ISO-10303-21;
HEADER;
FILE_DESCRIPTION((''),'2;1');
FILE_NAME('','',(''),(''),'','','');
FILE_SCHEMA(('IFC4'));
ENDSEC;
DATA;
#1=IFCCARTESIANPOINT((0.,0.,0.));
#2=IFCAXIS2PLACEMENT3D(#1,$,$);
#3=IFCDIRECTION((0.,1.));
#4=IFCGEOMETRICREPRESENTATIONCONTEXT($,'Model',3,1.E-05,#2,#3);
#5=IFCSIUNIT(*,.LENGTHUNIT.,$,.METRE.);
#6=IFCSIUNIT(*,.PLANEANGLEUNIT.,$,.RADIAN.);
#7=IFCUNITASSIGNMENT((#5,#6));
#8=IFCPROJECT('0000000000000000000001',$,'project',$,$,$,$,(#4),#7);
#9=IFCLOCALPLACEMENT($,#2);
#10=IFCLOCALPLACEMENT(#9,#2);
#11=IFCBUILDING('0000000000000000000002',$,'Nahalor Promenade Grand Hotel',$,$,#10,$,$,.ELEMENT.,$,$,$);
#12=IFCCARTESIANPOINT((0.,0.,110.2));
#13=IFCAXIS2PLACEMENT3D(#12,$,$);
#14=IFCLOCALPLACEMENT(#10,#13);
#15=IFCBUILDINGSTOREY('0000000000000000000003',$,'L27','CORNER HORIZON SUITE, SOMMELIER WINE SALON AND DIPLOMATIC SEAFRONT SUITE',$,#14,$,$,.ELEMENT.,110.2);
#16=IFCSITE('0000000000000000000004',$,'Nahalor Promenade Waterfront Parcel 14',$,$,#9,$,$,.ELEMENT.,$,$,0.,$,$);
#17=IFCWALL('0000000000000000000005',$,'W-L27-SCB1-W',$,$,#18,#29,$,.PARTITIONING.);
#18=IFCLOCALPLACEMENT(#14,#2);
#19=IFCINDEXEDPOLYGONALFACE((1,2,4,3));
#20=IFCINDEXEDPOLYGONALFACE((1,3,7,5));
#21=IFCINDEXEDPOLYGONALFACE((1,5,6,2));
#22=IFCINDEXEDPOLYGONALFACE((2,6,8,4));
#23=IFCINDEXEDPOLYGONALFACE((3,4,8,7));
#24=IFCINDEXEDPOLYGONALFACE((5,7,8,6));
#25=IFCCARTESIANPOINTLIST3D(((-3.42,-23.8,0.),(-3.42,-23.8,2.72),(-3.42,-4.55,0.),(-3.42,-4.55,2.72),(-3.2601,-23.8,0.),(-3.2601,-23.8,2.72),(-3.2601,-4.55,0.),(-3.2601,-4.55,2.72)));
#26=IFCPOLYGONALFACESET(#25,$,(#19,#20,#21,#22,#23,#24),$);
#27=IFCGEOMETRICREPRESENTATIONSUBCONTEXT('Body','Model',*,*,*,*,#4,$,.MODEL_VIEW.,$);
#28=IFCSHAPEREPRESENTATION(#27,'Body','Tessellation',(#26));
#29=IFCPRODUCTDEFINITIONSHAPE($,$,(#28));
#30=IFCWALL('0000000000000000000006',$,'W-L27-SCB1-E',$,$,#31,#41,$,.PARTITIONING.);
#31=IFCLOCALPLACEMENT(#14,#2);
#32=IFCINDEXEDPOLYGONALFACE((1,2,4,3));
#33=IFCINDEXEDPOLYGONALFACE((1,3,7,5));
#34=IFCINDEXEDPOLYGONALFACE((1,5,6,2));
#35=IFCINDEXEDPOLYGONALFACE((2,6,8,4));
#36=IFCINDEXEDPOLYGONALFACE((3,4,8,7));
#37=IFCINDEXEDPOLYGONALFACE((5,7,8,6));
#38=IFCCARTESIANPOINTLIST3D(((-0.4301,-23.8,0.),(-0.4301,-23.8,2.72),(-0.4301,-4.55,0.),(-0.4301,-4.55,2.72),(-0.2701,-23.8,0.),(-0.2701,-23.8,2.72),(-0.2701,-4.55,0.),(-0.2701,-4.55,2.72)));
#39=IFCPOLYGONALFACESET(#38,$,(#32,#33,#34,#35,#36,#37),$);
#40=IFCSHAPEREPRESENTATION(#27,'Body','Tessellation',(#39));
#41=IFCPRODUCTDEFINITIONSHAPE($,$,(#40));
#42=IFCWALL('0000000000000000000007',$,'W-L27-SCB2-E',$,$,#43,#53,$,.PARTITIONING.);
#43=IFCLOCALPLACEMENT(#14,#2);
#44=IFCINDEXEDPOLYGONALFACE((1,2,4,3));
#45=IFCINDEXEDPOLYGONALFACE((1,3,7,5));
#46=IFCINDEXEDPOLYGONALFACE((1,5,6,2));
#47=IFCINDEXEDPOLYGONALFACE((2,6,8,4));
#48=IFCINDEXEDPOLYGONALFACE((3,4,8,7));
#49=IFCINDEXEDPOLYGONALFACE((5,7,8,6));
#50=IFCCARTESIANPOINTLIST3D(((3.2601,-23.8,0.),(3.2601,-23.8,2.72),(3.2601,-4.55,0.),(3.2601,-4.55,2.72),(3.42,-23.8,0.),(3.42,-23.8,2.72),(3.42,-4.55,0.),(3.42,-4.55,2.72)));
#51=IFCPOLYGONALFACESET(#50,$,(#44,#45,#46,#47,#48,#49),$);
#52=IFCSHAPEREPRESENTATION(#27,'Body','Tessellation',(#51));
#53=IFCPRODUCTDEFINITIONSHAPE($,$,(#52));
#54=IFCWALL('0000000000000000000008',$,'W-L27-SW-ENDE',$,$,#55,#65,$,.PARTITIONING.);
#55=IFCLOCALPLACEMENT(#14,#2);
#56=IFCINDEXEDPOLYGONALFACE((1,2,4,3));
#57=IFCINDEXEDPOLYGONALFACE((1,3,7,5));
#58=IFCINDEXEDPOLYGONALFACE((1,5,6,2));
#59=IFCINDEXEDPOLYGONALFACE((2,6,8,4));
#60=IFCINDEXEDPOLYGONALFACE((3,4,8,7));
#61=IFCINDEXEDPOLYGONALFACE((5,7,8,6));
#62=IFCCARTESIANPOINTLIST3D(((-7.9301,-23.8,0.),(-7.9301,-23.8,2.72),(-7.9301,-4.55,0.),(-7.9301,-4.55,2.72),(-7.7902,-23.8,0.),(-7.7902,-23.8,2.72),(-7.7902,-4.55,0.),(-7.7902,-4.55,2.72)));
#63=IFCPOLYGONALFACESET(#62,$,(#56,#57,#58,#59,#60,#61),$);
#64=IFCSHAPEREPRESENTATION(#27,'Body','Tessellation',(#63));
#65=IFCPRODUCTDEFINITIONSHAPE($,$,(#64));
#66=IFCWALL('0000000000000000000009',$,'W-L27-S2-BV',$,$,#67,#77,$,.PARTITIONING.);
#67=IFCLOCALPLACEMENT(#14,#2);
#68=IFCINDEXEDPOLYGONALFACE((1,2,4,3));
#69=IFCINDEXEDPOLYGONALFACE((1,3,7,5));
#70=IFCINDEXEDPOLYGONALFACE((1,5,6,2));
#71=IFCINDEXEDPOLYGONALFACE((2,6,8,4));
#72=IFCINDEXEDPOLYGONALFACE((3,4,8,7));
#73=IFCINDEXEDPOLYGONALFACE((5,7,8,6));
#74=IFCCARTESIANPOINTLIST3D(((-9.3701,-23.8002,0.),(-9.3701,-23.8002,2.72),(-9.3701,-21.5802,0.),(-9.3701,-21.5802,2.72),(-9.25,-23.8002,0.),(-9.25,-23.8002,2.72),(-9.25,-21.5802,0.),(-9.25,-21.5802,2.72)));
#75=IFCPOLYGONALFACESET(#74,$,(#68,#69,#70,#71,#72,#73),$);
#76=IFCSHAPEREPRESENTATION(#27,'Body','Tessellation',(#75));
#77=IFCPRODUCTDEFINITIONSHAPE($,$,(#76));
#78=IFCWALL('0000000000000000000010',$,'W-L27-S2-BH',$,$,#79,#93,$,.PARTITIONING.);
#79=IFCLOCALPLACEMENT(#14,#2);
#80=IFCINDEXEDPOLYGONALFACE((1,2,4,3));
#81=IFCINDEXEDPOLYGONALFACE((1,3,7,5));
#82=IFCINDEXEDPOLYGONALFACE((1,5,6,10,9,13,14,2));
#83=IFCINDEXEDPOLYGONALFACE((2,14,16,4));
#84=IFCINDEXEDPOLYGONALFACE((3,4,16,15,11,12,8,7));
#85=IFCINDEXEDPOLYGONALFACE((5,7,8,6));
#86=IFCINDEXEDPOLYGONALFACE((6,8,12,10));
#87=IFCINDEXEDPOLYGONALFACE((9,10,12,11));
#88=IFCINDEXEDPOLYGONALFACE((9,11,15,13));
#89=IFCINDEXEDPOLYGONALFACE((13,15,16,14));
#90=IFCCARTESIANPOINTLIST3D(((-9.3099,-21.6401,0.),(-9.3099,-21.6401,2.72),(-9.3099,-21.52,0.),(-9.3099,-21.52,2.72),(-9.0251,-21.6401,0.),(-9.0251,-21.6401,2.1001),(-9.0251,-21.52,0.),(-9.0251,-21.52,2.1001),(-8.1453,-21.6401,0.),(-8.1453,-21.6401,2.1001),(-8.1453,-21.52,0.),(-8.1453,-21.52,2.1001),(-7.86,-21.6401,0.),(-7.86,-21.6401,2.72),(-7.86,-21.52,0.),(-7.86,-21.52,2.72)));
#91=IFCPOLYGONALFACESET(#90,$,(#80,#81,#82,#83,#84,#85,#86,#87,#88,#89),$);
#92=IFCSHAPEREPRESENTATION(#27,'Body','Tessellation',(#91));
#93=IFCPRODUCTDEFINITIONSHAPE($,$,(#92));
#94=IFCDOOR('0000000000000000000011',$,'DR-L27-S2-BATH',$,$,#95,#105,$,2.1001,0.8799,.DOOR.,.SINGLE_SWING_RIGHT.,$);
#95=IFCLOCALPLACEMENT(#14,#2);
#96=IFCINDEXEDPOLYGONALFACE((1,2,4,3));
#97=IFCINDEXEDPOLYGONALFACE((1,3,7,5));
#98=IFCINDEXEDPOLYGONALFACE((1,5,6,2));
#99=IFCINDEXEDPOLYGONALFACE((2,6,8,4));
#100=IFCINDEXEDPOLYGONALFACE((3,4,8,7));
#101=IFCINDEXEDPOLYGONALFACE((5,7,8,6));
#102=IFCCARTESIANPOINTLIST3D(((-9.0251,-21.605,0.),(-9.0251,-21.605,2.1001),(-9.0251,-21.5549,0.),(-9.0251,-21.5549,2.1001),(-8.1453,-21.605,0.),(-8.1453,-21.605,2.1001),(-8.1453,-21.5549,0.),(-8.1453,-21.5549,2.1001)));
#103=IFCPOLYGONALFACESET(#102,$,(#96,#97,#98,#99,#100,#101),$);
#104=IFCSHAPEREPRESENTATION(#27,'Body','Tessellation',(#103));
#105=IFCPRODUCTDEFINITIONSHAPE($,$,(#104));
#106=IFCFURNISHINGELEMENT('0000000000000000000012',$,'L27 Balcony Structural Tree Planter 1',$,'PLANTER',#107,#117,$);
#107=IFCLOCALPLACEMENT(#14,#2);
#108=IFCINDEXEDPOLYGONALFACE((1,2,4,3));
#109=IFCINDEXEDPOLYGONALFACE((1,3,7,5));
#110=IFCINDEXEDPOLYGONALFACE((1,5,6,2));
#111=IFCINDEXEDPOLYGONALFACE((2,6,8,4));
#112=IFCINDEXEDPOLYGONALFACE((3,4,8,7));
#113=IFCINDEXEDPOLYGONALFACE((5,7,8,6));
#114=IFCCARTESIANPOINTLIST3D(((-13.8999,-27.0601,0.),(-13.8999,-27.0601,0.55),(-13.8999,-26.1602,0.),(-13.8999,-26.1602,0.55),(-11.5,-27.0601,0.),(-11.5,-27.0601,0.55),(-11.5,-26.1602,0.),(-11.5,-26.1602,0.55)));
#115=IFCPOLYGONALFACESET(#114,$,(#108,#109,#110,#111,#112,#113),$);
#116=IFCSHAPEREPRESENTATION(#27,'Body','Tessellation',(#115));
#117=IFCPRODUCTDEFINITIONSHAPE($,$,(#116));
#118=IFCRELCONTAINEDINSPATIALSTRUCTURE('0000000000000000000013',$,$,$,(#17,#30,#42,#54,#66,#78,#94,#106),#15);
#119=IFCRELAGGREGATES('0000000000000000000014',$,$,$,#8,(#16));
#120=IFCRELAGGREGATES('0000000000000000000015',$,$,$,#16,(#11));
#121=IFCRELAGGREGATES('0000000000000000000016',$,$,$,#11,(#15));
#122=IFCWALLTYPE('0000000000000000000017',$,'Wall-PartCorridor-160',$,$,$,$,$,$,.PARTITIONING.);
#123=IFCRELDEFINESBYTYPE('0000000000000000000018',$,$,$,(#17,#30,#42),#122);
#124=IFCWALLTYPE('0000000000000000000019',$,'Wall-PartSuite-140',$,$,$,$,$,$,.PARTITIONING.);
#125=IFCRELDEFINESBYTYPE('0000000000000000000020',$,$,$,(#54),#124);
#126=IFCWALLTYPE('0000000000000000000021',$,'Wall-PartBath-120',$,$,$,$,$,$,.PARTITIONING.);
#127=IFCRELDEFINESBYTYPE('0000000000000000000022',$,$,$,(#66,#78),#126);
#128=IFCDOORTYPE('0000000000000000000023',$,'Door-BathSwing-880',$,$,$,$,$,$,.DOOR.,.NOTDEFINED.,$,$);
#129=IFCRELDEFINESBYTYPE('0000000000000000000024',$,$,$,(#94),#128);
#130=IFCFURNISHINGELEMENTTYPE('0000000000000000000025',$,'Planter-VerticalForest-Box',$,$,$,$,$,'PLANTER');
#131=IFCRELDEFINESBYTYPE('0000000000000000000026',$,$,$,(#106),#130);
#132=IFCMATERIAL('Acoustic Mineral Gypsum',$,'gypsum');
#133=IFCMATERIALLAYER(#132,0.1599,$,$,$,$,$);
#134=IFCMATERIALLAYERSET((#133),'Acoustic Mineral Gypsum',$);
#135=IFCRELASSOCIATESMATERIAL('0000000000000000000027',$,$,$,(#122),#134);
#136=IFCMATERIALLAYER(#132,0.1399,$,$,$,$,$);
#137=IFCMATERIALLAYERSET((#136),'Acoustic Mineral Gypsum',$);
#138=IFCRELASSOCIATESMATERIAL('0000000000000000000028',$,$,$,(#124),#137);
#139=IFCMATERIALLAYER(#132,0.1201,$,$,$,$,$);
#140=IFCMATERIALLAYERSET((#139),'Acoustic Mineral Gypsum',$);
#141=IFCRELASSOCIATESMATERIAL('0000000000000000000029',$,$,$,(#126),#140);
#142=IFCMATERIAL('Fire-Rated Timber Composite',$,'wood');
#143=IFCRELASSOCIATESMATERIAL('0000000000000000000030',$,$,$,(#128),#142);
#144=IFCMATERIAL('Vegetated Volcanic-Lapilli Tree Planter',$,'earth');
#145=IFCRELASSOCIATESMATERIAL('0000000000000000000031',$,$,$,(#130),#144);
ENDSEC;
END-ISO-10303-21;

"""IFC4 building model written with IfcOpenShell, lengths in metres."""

from ifc_helpers import new_model, si_unit, direction, frame, frame_2d, origin, origin_2d, place, context, subcontext, project, spatial, rectangle, extrude, source, transform, mapped, material, layer, layer_set, type_object, element, fill, save


model = new_model("IFC4")

# Units and contexts
model_context = context("Model", 3, precision=1e-05, world=origin(), true_north=direction((0.0, 1.0)))
body_context = subcontext(model_context, "Body", "Model", "MODEL_VIEW")
ifc_project = project(units=[si_unit("LENGTHUNIT", "METRE"), si_unit("PLANEANGLEUNIT", "RADIAN")], contexts=[model_context])

# Site, building, storey
site_placement = place(None, origin())
site = spatial("IfcSite", under=ifc_project, at=site_placement, Name="Nahalor Promenade Waterfront Parcel 14", CompositionType="ELEMENT", RefElevation=0.0)
building_placement = place(site_placement, origin())
building = spatial("IfcBuilding", under=site, at=building_placement, Name="Nahalor Promenade Grand Hotel", CompositionType="ELEMENT")
storey_placement = place(building_placement, frame((0.0, 0.0, 110.2)))
storey = spatial("IfcBuildingStorey", under=building, at=storey_placement, Name="L27", Description="CORNER HORIZON SUITE, SOMMELIER WINE SALON AND DIPLOMATIC SEAFRONT SUITE", CompositionType="ELEMENT", Elevation=110.2)

# Walls
ifc_material_1 = material(Name="Acoustic Mineral Gypsum", Category="gypsum")
ifc_layer_1 = layer(ifc_material_1, 0.1599)
ifc_layer_set_1 = layer_set([ifc_layer_1], Name="Acoustic Mineral Gypsum")
wall_type_1 = type_object("IfcWallType", Name="Wall-PartCorridor-160", PredefinedType="PARTITIONING", material=ifc_layer_set_1)
shared_shape_1 = source(origin(), body_context, "Body", "SweptSolid", [
    extrude(rectangle(XDim=19.25, YDim=0.1599, at=frame_2d((9.625, 0.0))), origin(), (0.0, 0.0, 1.0), 2.72),
])
for number, where, z_axis, x_axis, name in (
    (1, (-3.3401, -23.8, 0.0), (0.0, 0.0, 1.0), (0.0, 1.0, 0.0), "W-L27-SCB1-W"),
    (2, (-0.3501, -23.8, 0.0), (0.0, 0.0, 1.0), (0.0, 1.0, 0.0), "W-L27-SCB1-E"),
    (3, (3.3401, -23.8, 0.0), (0.0, 0.0, 1.0), (0.0, 1.0, 0.0), "W-L27-SCB2-E"),
):
    element("IfcWall", number, at=place(storey_placement, frame(where, z_axis=z_axis, x_axis=x_axis)), inside=storey, type_object=wall_type_1, Name=name, PredefinedType="PARTITIONING", context=body_context, shape_type="MappedRepresentation", body=[
        mapped(shared_shape_1, transform((0.0, 0.0, 0.0), scale=1.0)),
    ])
ifc_layer_2 = layer(ifc_material_1, 0.1399)
ifc_layer_set_2 = layer_set([ifc_layer_2], Name="Acoustic Mineral Gypsum")
wall_type_2 = type_object("IfcWallType", Name="Wall-PartSuite-140", PredefinedType="PARTITIONING", material=ifc_layer_set_2)
shared_shape_2 = source(origin(), body_context, "Body", "SweptSolid", [
    extrude(rectangle(XDim=19.25, YDim=0.1399, at=frame_2d((9.625, 0.0))), origin(), (0.0, 0.0, 1.0), 2.72),
])
wall_1_placement = place(storey_placement, frame((-7.8601, -23.8, 0.0), z_axis=(0.0, 0.0, 1.0), x_axis=(0.0, 1.0, 0.0)))
element("IfcWall", 4, at=wall_1_placement, inside=storey, type_object=wall_type_2, Name="W-L27-SW-ENDE", PredefinedType="PARTITIONING", context=body_context, shape_type="MappedRepresentation", body=[
    mapped(shared_shape_2, transform((0.0, 0.0, 0.0), scale=1.0)),
])
ifc_layer_3 = layer(ifc_material_1, 0.1201)
ifc_layer_set_3 = layer_set([ifc_layer_3], Name="Acoustic Mineral Gypsum")
wall_type_3 = type_object("IfcWallType", Name="Wall-PartBath-120", PredefinedType="PARTITIONING", material=ifc_layer_set_3)
shared_shape_3 = source(origin(), body_context, "Body", "SweptSolid", [
    extrude(rectangle(XDim=2.22, YDim=0.1201, at=frame_2d((1.1099, 0.0))), origin(), (0.0, 0.0, 1.0), 2.72),
])
wall_2_placement = place(storey_placement, frame((-9.3101, -23.8, 0.0), z_axis=(0.0, 0.0, 1.0), x_axis=(0.0, 1.0, 0.0)))
element("IfcWall", 5, at=wall_2_placement, inside=storey, type_object=wall_type_3, Name="W-L27-S2-BV", PredefinedType="PARTITIONING", context=body_context, shape_type="MappedRepresentation", body=[
    mapped(shared_shape_3, transform((0.0, 0.0, 0.0), scale=1.0)),
])

# Wall, opening, door
shared_shape_4 = source(origin(), body_context, "Body", "SweptSolid", [
    extrude(rectangle(XDim=1.45, YDim=0.1201, at=frame_2d((0.7251, 0.0))), origin(), (0.0, 0.0, 1.0), 2.72),
])
wall_3_placement = place(storey_placement, frame((-9.3101, -21.5801, 0.0), z_axis=(0.0, 0.0, 1.0), x_axis=(1.0, 0.0, 0.0)))
wall_3 = element("IfcWall", 6, at=wall_3_placement, inside=storey, type_object=wall_type_3, Name="W-L27-S2-BH", PredefinedType="PARTITIONING", context=body_context, shape_type="MappedRepresentation", body=[
    mapped(shared_shape_4, transform((0.0, 0.0, 0.0), scale=1.0)),
])
opening_placement = place(wall_3_placement, frame((0.2849, 0.0, 0.0)))
opening = element("IfcOpeningElement", 7, at=opening_placement, cuts=wall_3, PredefinedType="OPENING", context=body_context, shape_type="SweptSolid", body=[
    extrude(rectangle(XDim=0.8799, YDim=2.1001, at=frame_2d((0.4399, 1.05))), frame((0.0, 0.0701, 0.0), z_axis=(0.0, -1.0, 0.0), x_axis=(1.0, 0.0, 0.0)), (0.0, 0.0, 1.0), 0.1401),
])
ifc_material_2 = material(Name="Fire-Rated Timber Composite", Category="wood")
door_type = type_object("IfcDoorType", Name="Door-BathSwing-880", OperationType="NOTDEFINED", PredefinedType="DOOR", material=ifc_material_2)
shared_shape_5 = source(origin(), body_context, "Body", "SweptSolid", [
    extrude(rectangle(XDim=0.8799, YDim=2.1001, at=frame_2d((0.4399, 1.05))), frame((0.0, 0.0249, 0.0), z_axis=(0.0, -1.0, 0.0), x_axis=(1.0, 0.0, 0.0)), (0.0, 0.0, 1.0), 0.05),
])
door_placement = place(opening_placement, frame((0.8799, 0.0, 0.0), z_axis=(0.0, 0.0, 1.0), x_axis=(-1.0, 0.0, 0.0)))
door = element("IfcDoor", 8, at=door_placement, inside=storey, type_object=door_type, Name="DR-L27-S2-BATH", OperationType="SINGLE_SWING_RIGHT", OverallHeight=2.1001, OverallWidth=0.8799, PredefinedType="DOOR", context=body_context, shape_type="MappedRepresentation", body=[
    mapped(shared_shape_5, transform((0.0, 0.0, 0.0), scale=1.0)),
])
fill(opening, door)

# Furnishing element
ifc_material_3 = material(Name="Vegetated Volcanic-Lapilli Tree Planter", Category="earth")
furnishing_element_type = type_object("IfcFurnishingElementType", Name="Planter-VerticalForest-Box", ElementType="PLANTER", material=ifc_material_3)
shared_shape_6 = source(origin(), body_context, "Body", "SweptSolid", [
    extrude(rectangle(XDim=2.3999, YDim=0.8999, at=origin_2d()), origin(), (0.0, 0.0, 1.0), 0.55),
])
furnishing_placement = place(storey_placement, frame((-12.7, -26.6101, 0.0), z_axis=(0.0, 0.0, 1.0), x_axis=(1.0, 0.0, 0.0)))
element("IfcFurnishingElement", 9, at=furnishing_placement, inside=storey, type_object=furnishing_element_type, Name="L27 Balcony Structural Tree Planter 1", ObjectType="PLANTER", context=body_context, shape_type="MappedRepresentation", body=[
    mapped(shared_shape_6, transform((0.0, 0.0, 0.0), scale=1.0)),
])

save(model, "model.ifc")
